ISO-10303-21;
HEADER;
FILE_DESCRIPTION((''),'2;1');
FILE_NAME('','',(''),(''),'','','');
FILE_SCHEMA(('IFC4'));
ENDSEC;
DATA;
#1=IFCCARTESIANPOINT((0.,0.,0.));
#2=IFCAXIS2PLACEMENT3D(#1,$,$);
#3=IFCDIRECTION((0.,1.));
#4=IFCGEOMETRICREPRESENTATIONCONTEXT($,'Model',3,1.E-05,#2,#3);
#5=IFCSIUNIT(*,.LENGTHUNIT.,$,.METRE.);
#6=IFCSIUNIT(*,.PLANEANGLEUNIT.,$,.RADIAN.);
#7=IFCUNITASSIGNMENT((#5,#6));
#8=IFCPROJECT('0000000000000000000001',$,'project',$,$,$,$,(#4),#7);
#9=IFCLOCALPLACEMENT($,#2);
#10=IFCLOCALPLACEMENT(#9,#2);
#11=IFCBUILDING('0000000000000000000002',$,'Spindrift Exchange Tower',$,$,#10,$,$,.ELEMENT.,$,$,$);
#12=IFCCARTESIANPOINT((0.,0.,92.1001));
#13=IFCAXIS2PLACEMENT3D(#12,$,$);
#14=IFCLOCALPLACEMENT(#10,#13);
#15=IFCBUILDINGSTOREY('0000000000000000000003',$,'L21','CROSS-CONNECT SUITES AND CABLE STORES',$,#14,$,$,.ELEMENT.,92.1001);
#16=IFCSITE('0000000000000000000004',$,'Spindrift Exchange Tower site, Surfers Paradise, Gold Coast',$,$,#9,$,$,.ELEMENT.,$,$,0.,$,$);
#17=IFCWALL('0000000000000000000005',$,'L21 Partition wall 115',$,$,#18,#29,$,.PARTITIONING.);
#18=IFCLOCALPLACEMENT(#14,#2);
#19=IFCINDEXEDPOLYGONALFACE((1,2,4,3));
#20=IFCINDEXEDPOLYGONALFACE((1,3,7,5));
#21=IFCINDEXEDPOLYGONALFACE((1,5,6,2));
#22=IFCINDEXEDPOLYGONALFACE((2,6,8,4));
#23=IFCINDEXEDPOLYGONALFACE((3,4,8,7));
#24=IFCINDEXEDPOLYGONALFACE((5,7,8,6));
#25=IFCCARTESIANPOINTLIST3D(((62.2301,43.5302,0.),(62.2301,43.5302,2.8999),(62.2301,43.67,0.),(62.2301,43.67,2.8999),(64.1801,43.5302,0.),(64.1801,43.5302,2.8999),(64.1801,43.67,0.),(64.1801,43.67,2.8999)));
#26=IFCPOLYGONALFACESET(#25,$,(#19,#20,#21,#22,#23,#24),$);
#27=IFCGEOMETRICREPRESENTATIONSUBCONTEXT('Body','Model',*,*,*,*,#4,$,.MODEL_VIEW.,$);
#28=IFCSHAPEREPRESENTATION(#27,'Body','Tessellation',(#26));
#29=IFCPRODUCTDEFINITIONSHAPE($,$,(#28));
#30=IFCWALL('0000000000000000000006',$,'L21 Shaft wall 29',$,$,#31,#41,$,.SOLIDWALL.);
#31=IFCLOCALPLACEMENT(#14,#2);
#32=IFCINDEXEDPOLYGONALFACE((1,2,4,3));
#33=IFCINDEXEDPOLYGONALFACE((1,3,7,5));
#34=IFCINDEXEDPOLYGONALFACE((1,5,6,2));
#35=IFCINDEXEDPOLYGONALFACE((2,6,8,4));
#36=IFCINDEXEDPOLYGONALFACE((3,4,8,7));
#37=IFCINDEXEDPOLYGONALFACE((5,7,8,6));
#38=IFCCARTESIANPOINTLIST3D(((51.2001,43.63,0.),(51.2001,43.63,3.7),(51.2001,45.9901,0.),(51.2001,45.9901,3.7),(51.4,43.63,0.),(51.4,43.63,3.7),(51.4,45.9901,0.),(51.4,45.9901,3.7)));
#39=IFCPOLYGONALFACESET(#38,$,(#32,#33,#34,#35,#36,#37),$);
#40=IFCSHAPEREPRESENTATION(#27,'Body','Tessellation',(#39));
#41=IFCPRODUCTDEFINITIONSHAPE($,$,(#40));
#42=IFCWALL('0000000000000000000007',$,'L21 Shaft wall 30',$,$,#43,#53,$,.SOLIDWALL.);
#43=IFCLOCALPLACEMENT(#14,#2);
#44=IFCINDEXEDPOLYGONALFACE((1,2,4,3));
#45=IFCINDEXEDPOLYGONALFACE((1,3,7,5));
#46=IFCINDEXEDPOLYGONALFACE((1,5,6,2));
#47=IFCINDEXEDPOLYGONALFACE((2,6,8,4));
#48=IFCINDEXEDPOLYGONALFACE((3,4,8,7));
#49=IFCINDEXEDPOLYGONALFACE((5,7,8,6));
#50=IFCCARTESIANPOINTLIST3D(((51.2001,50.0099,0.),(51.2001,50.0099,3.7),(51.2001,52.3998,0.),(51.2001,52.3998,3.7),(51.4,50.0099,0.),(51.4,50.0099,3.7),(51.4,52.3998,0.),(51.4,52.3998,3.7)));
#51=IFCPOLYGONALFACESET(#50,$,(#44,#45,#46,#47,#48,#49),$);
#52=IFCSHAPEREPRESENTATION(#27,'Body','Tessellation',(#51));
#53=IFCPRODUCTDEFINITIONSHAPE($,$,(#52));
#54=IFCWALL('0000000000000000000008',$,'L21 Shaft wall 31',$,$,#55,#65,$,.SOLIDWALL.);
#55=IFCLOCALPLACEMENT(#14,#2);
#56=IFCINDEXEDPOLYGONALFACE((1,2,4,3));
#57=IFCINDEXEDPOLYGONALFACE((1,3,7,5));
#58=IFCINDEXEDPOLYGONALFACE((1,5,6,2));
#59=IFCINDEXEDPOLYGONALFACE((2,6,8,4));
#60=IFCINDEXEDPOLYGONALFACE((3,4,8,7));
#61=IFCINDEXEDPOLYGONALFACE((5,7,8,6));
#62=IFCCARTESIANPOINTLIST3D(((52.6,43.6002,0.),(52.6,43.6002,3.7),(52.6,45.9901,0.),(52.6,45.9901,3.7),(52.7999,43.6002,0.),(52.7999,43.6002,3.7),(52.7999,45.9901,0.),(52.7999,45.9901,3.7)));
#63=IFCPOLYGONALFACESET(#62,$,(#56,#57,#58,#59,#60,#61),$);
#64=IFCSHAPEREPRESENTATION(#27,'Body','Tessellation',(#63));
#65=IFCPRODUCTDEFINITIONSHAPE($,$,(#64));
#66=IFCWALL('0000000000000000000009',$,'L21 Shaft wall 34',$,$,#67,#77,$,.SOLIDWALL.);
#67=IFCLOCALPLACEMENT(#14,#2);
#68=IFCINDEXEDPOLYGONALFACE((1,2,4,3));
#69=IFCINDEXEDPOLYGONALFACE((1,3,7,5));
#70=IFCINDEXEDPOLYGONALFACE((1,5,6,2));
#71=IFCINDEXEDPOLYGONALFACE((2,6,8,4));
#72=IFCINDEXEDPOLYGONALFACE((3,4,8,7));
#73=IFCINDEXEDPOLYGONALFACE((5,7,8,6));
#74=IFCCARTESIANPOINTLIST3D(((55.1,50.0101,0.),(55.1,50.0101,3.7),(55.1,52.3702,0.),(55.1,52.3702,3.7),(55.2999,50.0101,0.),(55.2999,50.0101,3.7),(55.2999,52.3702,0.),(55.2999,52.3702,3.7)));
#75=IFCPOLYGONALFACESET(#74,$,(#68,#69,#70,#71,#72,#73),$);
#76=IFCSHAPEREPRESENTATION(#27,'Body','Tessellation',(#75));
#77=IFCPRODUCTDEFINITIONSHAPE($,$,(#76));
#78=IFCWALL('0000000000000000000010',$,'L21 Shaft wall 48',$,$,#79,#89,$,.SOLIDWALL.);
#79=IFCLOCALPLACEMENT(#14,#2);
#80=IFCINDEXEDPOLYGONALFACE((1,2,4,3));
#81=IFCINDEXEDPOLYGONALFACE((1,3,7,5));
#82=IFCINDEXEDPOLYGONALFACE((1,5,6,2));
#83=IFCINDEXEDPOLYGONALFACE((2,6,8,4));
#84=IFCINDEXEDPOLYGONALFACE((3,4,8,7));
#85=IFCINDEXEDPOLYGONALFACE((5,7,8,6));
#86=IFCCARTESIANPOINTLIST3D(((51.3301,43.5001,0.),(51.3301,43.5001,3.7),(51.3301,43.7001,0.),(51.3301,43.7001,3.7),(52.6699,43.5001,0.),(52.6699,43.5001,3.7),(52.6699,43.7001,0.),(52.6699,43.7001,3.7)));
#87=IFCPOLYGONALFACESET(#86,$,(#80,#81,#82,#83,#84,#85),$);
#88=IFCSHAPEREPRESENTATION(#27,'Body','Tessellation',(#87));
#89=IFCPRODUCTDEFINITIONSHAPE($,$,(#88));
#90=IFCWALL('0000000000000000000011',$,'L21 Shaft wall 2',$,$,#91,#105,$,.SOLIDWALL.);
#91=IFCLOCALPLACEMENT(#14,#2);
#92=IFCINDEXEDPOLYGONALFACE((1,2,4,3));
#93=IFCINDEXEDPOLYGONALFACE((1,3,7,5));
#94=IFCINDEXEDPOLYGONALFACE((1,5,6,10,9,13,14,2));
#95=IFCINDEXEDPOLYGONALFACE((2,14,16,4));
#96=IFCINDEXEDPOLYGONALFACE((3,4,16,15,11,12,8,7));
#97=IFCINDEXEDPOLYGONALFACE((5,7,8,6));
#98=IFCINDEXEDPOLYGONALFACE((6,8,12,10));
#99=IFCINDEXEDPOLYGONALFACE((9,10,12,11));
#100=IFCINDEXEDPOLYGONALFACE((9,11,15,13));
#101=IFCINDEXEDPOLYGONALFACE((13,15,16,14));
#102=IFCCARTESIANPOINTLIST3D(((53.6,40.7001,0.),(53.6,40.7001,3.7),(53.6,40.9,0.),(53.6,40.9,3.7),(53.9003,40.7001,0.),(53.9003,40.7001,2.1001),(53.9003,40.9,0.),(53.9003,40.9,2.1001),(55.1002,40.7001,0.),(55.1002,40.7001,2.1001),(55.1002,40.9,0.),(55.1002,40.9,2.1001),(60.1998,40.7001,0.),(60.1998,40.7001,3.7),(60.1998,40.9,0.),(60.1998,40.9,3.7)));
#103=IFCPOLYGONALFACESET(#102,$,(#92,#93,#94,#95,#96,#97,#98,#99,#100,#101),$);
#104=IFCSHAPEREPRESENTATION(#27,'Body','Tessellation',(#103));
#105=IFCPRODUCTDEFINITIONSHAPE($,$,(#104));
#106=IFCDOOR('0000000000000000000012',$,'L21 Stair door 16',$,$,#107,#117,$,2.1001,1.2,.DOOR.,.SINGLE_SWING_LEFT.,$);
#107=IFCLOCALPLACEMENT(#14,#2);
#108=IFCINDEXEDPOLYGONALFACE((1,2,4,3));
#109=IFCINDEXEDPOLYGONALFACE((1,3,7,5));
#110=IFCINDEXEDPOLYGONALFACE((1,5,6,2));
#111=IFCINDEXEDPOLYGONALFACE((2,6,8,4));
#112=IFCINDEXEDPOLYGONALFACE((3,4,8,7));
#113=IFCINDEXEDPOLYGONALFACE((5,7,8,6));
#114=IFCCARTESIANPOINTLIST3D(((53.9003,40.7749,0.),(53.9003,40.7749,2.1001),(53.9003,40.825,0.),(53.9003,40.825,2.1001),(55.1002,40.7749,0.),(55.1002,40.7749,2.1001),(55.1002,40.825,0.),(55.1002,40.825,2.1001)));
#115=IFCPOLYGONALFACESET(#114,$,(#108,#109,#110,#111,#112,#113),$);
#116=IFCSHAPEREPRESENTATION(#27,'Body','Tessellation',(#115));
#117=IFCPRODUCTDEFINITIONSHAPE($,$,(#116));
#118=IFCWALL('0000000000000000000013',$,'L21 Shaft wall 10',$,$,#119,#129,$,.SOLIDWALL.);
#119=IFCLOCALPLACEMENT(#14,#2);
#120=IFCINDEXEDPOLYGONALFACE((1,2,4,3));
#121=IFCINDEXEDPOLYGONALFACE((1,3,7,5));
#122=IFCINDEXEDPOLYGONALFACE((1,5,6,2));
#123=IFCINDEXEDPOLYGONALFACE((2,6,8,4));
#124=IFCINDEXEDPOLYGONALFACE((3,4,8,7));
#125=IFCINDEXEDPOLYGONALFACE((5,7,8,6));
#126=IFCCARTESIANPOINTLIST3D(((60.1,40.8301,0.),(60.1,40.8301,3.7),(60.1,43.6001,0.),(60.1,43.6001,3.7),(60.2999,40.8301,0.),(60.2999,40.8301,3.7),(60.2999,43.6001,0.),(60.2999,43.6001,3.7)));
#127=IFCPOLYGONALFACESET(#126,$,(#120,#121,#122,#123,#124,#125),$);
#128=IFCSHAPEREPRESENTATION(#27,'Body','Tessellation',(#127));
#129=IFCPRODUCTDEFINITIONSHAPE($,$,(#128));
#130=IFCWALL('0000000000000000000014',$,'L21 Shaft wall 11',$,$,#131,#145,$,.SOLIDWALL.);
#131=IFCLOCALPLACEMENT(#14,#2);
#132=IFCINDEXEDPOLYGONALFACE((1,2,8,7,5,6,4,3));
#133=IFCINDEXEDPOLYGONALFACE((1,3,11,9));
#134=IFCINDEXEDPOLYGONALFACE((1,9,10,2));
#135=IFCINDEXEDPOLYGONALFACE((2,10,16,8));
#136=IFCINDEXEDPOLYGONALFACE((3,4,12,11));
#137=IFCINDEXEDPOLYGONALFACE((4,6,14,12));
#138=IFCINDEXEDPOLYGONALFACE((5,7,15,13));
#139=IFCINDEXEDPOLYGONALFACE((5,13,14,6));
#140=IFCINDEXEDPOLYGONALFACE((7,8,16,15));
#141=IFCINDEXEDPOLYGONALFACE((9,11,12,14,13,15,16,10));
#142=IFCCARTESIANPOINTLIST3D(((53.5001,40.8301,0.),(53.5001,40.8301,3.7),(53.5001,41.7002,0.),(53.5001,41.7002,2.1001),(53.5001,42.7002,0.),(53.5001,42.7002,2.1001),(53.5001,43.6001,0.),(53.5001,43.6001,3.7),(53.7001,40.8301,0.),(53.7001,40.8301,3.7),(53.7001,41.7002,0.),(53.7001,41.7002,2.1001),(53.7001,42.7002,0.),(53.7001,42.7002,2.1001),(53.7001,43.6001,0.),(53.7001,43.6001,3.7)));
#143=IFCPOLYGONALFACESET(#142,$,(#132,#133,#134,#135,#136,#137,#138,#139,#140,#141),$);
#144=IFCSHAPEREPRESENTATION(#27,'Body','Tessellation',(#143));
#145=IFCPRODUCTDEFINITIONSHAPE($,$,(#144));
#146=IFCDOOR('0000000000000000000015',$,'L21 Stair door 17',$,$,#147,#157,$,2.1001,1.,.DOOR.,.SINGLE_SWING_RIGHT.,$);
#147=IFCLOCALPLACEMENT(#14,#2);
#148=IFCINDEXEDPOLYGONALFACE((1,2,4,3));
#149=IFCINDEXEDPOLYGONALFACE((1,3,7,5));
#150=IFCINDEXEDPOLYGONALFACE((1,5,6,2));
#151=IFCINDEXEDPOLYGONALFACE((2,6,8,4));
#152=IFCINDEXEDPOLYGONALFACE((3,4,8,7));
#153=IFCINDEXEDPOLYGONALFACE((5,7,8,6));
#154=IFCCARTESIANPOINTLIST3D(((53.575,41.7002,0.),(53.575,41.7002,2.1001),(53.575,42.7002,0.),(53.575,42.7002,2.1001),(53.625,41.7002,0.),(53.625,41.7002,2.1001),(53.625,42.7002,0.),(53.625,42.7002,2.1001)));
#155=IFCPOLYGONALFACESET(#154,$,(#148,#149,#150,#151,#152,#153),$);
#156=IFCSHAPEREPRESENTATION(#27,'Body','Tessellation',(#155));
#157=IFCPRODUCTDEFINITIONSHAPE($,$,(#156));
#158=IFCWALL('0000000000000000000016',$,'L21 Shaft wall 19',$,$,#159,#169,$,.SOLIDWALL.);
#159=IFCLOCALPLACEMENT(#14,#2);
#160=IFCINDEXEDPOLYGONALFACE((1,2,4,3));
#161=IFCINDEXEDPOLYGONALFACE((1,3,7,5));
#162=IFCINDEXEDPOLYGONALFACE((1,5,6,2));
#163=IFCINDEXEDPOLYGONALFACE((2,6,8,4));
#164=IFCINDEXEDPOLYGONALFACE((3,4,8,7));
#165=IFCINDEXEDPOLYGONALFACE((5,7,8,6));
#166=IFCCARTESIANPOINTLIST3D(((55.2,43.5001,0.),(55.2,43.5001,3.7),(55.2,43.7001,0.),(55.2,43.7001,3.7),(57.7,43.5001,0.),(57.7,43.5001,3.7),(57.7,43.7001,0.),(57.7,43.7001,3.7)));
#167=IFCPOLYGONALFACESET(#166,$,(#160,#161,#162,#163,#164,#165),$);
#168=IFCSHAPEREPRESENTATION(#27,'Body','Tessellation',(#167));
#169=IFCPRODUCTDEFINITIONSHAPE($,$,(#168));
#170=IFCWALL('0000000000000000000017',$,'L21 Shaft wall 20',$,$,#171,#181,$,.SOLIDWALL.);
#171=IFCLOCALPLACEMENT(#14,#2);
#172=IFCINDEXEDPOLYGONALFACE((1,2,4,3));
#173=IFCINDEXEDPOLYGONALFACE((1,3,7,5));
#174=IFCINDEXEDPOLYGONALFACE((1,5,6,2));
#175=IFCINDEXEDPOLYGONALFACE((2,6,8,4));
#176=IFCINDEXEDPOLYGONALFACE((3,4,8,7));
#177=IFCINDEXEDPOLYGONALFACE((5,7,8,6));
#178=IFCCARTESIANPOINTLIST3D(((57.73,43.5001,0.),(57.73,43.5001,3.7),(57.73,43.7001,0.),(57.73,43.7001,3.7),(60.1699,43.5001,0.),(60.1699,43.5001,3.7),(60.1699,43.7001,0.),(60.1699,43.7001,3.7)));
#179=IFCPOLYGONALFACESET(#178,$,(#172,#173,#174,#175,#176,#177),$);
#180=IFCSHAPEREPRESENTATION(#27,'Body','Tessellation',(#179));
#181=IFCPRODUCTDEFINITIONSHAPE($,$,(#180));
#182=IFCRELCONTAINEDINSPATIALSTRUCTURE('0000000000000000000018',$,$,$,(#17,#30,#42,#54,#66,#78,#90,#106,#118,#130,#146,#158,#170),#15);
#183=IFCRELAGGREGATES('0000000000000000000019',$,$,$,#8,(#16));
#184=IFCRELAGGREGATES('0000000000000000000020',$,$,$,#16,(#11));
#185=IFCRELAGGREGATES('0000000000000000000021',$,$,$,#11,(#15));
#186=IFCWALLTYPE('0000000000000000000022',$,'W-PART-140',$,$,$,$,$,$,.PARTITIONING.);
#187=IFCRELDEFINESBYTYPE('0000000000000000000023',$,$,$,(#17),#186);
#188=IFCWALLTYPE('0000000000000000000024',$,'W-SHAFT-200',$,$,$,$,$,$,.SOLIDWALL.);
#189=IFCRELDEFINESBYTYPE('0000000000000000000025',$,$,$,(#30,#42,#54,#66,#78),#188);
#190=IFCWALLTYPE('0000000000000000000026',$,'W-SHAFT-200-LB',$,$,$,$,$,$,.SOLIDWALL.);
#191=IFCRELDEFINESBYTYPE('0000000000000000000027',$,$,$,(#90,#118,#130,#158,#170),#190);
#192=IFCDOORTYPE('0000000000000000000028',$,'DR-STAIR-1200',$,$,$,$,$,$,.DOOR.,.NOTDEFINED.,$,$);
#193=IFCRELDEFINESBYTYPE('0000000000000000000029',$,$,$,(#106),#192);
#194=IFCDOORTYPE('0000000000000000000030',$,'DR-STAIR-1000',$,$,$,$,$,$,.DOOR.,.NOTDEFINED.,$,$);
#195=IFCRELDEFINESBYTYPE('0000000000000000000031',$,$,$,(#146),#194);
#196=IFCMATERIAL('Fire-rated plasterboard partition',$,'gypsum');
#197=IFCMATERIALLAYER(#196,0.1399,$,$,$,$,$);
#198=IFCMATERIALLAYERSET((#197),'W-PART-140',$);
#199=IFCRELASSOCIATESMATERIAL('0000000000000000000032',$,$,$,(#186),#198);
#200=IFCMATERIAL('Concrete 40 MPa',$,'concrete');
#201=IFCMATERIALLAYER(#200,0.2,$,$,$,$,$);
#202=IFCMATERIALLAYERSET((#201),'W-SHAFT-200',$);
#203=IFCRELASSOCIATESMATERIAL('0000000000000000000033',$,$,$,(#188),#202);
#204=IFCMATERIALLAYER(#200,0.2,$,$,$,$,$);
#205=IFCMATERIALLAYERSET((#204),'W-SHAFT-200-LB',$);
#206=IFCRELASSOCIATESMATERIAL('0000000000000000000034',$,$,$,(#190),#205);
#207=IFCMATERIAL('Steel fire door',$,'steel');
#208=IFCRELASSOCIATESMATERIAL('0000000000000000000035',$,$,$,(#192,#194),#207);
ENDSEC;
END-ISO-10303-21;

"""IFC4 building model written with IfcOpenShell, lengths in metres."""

from ifc_helpers import new_model, si_unit, direction, frame, frame_2d, origin, place, context, subcontext, project, spatial, rectangle, extrude, source, transform, mapped, material, layer, layer_set, type_object, element, fill, save


model = new_model("IFC4")

# Units and contexts
model_context = context("Model", 3, precision=1e-05, world=origin(), true_north=direction((0.0, 1.0)))
body_context = subcontext(model_context, "Body", "Model", "MODEL_VIEW")
ifc_project = project(units=[si_unit("LENGTHUNIT", "METRE"), si_unit("PLANEANGLEUNIT", "RADIAN")], contexts=[model_context])

# Site, building, storey
site_placement = place(None, origin())
site = spatial("IfcSite", under=ifc_project, at=site_placement, Name="Spindrift Exchange Tower site, Surfers Paradise, Gold Coast", CompositionType="ELEMENT", RefElevation=0.0)
building_placement = place(site_placement, origin())
building = spatial("IfcBuilding", under=site, at=building_placement, Name="Spindrift Exchange Tower", CompositionType="ELEMENT")
storey_placement = place(building_placement, frame((0.0, 0.0, 92.1001)))
storey = spatial("IfcBuildingStorey", under=building, at=storey_placement, Name="L21", Description="CROSS-CONNECT SUITES AND CABLE STORES", CompositionType="ELEMENT", Elevation=92.1001)

# Shared definitions
ifc_material_1 = material(Name="Fire-rated plasterboard partition", Category="gypsum")

# Walls
ifc_layer_1 = layer(ifc_material_1, 0.1399)
ifc_layer_set_1 = layer_set([ifc_layer_1], Name="W-PART-140")
wall_type_1 = type_object("IfcWallType", Name="W-PART-140", PredefinedType="PARTITIONING", material=ifc_layer_set_1)
wall_1_placement = place(storey_placement, frame((62.23, 43.6001, 0.0), z_axis=(0.0, 0.0, 1.0), x_axis=(1.0, 0.0, 0.0)))
element("IfcWall", 1, at=wall_1_placement, inside=storey, type_object=wall_type_1, Name="L21 Partition wall 115", PredefinedType="PARTITIONING", context=body_context, shape_type="SweptSolid", body=[
    extrude(rectangle(XDim=1.95, YDim=0.1399, at=frame_2d((0.9751, 0.0))), origin(), (0.0, 0.0, 1.0), 2.8999),
])
ifc_material_2 = material(Name="Concrete 40 MPa", Category="concrete")
ifc_layer_2 = layer(ifc_material_2, 0.2)
ifc_layer_set_2 = layer_set([ifc_layer_2], Name="W-SHAFT-200")
wall_type_2 = type_object("IfcWallType", Name="W-SHAFT-200", PredefinedType="SOLIDWALL", material=ifc_layer_set_2)
wall_2_placement = place(storey_placement, frame((51.3, 43.6299, 0.0), z_axis=(0.0, 0.0, 1.0), x_axis=(0.0, 1.0, 0.0)))
element("IfcWall", 2, at=wall_2_placement, inside=storey, type_object=wall_type_2, Name="L21 Shaft wall 29", PredefinedType="SOLIDWALL", context=body_context, shape_type="SweptSolid", body=[
    extrude(rectangle(XDim=2.3601, YDim=0.2, at=frame_2d((1.1802, 0.0))), origin(), (0.0, 0.0, 1.0), 3.7),
])
for number, where, z_axis, x_axis, name in (
    (3, (51.3, 50.01, 0.0), (0.0, 0.0, 1.0), (0.0, 1.0, 0.0), "L21 Shaft wall 30"),
    (4, (52.7, 45.99, 0.0), (0.0, 0.0, 1.0), (0.0, -1.0, 0.0), "L21 Shaft wall 31"),
):
    element("IfcWall", number, at=place(storey_placement, frame(where, z_axis=z_axis, x_axis=x_axis)), inside=storey, type_object=wall_type_2, Name=name, PredefinedType="SOLIDWALL", context=body_context, shape_type="SweptSolid", body=[
        extrude(rectangle(XDim=2.3899, YDim=0.2, at=frame_2d((1.1948, 0.0))), origin(), (0.0, 0.0, 1.0), 3.7),
    ])
wall_3_placement = place(storey_placement, frame((55.2, 50.01, 0.0), z_axis=(0.0, 0.0, 1.0), x_axis=(0.0, 1.0, 0.0)))
element("IfcWall", 5, at=wall_3_placement, inside=storey, type_object=wall_type_2, Name="L21 Shaft wall 34", PredefinedType="SOLIDWALL", context=body_context, shape_type="SweptSolid", body=[
    extrude(rectangle(XDim=2.3601, YDim=0.2, at=frame_2d((1.1802, 0.0))), origin(), (0.0, 0.0, 1.0), 3.7),
])
wall_4_placement = place(storey_placement, frame((52.6699, 43.6001, 0.0), z_axis=(0.0, 0.0, 1.0), x_axis=(-1.0, 0.0, 0.0)))
element("IfcWall", 6, at=wall_4_placement, inside=storey, type_object=wall_type_2, Name="L21 Shaft wall 48", PredefinedType="SOLIDWALL", context=body_context, shape_type="SweptSolid", body=[
    extrude(rectangle(XDim=1.3398, YDim=0.2, at=frame_2d((0.6699, 0.0))), origin(), (0.0, 0.0, 1.0), 3.7),
])

# Wall, opening, door
ifc_layer_3 = layer(ifc_material_2, 0.2)
ifc_layer_set_3 = layer_set([ifc_layer_3], Name="W-SHAFT-200-LB")
wall_type_3 = type_object("IfcWallType", Name="W-SHAFT-200-LB", PredefinedType="SOLIDWALL", material=ifc_layer_set_3)
wall_5_placement = place(storey_placement, frame((53.6001, 40.8, 0.0), z_axis=(0.0, 0.0, 1.0), x_axis=(1.0, 0.0, 0.0)))
wall_5 = element("IfcWall", 7, at=wall_5_placement, inside=storey, type_object=wall_type_3, Name="L21 Shaft wall 2", PredefinedType="SOLIDWALL", context=body_context, shape_type="SweptSolid", body=[
    extrude(rectangle(XDim=6.5999, YDim=0.2, at=frame_2d((3.2998, 0.0))), origin(), (0.0, 0.0, 1.0), 3.7),
])
opening_1_placement = place(wall_5_placement, frame((0.3, 0.0, 0.0)))
opening_1 = element("IfcOpeningElement", 8, at=opening_1_placement, cuts=wall_5, PredefinedType="OPENING", context=body_context, shape_type="SweptSolid", body=[
    extrude(rectangle(XDim=1.2, YDim=2.1001, at=frame_2d((0.6001, 1.05))), frame((0.0, 0.1099, 0.0), z_axis=(0.0, -1.0, 0.0), x_axis=(1.0, 0.0, 0.0)), (0.0, 0.0, 1.0), 0.22),
])
ifc_material_3 = material(Name="Steel fire door", Category="steel")
door_type_1 = type_object("IfcDoorType", Name="DR-STAIR-1200", OperationType="NOTDEFINED", PredefinedType="DOOR", material=ifc_material_3)
shared_shape_1 = source(origin(), body_context, "Body", "SweptSolid", [
    extrude(rectangle(XDim=1.2, YDim=2.1001, at=frame_2d((0.6001, 1.05))), frame((0.0, 0.0249, 0.0), z_axis=(0.0, -1.0, 0.0), x_axis=(1.0, 0.0, 0.0)), (0.0, 0.0, 1.0), 0.05),
])
door_1_placement = place(opening_1_placement, origin())
door_1 = element("IfcDoor", 9, at=door_1_placement, inside=storey, type_object=door_type_1, Name="L21 Stair door 16", OperationType="SINGLE_SWING_LEFT", OverallHeight=2.1001, OverallWidth=1.2, PredefinedType="DOOR", context=body_context, shape_type="MappedRepresentation", body=[
    mapped(shared_shape_1, transform((0.0, 0.0, 0.0), scale=1.0)),
])
fill(opening_1, door_1)

# Wall
wall_6_placement = place(storey_placement, frame((60.2, 40.8301, 0.0), z_axis=(0.0, 0.0, 1.0), x_axis=(0.0, 1.0, 0.0)))
element("IfcWall", 10, at=wall_6_placement, inside=storey, type_object=wall_type_3, Name="L21 Shaft wall 10", PredefinedType="SOLIDWALL", context=body_context, shape_type="SweptSolid", body=[
    extrude(rectangle(XDim=2.77, YDim=0.2, at=frame_2d((1.385, 0.0))), origin(), (0.0, 0.0, 1.0), 3.7),
])

# Wall, opening, door
wall_7_placement = place(storey_placement, frame((53.6001, 43.6001, 0.0), z_axis=(0.0, 0.0, 1.0), x_axis=(0.0, -1.0, 0.0)))
wall_7 = element("IfcWall", 11, at=wall_7_placement, inside=storey, type_object=wall_type_3, Name="L21 Shaft wall 11", PredefinedType="SOLIDWALL", context=body_context, shape_type="SweptSolid", body=[
    extrude(rectangle(XDim=2.77, YDim=0.2, at=frame_2d((1.385, 0.0))), origin(), (0.0, 0.0, 1.0), 3.7),
])
opening_2_placement = place(wall_7_placement, frame((0.8999, 0.0, 0.0)))
opening_2 = element("IfcOpeningElement", 12, at=opening_2_placement, cuts=wall_7, PredefinedType="OPENING", context=body_context, shape_type="SweptSolid", body=[
    extrude(rectangle(XDim=1.0, YDim=2.1001, at=frame_2d((0.5, 1.05))), frame((0.0, 0.1099, 0.0), z_axis=(0.0, -1.0, 0.0), x_axis=(1.0, 0.0, 0.0)), (0.0, 0.0, 1.0), 0.22),
])
door_type_2 = type_object("IfcDoorType", Name="DR-STAIR-1000", OperationType="NOTDEFINED", PredefinedType="DOOR", material=ifc_material_3)
shared_shape_2 = source(origin(), body_context, "Body", "SweptSolid", [
    extrude(rectangle(XDim=1.0, YDim=2.1001, at=frame_2d((0.5, 1.05))), frame((0.0, 0.0249, 0.0), z_axis=(0.0, -1.0, 0.0), x_axis=(1.0, 0.0, 0.0)), (0.0, 0.0, 1.0), 0.05),
])
door_2_placement = place(opening_2_placement, origin())
door_2 = element("IfcDoor", 13, at=door_2_placement, inside=storey, type_object=door_type_2, Name="L21 Stair door 17", OperationType="SINGLE_SWING_RIGHT", OverallHeight=2.1001, OverallWidth=1.0, PredefinedType="DOOR", context=body_context, shape_type="MappedRepresentation", body=[
    mapped(shared_shape_2, transform((0.0, 0.0, 0.0), scale=1.0)),
])
fill(opening_2, door_2)

# Walls
wall_8_placement = place(storey_placement, frame((55.2, 43.6001, 0.0), z_axis=(0.0, 0.0, 1.0), x_axis=(1.0, 0.0, 0.0)))
element("IfcWall", 14, at=wall_8_placement, inside=storey, type_object=wall_type_3, Name="L21 Shaft wall 19", PredefinedType="SOLIDWALL", context=body_context, shape_type="SweptSolid", body=[
    extrude(rectangle(XDim=2.5, YDim=0.2, at=frame_2d((1.25, 0.0))), origin(), (0.0, 0.0, 1.0), 3.7),
])
wall_9_placement = place(storey_placement, frame((57.73, 43.6001, 0.0), z_axis=(0.0, 0.0, 1.0), x_axis=(1.0, 0.0, 0.0)))
element("IfcWall", 15, at=wall_9_placement, inside=storey, type_object=wall_type_3, Name="L21 Shaft wall 20", PredefinedType="SOLIDWALL", context=body_context, shape_type="SweptSolid", body=[
    extrude(rectangle(XDim=2.4399, YDim=0.2, at=frame_2d((1.22, 0.0))), origin(), (0.0, 0.0, 1.0), 3.7),
])

save(model, "model.ifc")
